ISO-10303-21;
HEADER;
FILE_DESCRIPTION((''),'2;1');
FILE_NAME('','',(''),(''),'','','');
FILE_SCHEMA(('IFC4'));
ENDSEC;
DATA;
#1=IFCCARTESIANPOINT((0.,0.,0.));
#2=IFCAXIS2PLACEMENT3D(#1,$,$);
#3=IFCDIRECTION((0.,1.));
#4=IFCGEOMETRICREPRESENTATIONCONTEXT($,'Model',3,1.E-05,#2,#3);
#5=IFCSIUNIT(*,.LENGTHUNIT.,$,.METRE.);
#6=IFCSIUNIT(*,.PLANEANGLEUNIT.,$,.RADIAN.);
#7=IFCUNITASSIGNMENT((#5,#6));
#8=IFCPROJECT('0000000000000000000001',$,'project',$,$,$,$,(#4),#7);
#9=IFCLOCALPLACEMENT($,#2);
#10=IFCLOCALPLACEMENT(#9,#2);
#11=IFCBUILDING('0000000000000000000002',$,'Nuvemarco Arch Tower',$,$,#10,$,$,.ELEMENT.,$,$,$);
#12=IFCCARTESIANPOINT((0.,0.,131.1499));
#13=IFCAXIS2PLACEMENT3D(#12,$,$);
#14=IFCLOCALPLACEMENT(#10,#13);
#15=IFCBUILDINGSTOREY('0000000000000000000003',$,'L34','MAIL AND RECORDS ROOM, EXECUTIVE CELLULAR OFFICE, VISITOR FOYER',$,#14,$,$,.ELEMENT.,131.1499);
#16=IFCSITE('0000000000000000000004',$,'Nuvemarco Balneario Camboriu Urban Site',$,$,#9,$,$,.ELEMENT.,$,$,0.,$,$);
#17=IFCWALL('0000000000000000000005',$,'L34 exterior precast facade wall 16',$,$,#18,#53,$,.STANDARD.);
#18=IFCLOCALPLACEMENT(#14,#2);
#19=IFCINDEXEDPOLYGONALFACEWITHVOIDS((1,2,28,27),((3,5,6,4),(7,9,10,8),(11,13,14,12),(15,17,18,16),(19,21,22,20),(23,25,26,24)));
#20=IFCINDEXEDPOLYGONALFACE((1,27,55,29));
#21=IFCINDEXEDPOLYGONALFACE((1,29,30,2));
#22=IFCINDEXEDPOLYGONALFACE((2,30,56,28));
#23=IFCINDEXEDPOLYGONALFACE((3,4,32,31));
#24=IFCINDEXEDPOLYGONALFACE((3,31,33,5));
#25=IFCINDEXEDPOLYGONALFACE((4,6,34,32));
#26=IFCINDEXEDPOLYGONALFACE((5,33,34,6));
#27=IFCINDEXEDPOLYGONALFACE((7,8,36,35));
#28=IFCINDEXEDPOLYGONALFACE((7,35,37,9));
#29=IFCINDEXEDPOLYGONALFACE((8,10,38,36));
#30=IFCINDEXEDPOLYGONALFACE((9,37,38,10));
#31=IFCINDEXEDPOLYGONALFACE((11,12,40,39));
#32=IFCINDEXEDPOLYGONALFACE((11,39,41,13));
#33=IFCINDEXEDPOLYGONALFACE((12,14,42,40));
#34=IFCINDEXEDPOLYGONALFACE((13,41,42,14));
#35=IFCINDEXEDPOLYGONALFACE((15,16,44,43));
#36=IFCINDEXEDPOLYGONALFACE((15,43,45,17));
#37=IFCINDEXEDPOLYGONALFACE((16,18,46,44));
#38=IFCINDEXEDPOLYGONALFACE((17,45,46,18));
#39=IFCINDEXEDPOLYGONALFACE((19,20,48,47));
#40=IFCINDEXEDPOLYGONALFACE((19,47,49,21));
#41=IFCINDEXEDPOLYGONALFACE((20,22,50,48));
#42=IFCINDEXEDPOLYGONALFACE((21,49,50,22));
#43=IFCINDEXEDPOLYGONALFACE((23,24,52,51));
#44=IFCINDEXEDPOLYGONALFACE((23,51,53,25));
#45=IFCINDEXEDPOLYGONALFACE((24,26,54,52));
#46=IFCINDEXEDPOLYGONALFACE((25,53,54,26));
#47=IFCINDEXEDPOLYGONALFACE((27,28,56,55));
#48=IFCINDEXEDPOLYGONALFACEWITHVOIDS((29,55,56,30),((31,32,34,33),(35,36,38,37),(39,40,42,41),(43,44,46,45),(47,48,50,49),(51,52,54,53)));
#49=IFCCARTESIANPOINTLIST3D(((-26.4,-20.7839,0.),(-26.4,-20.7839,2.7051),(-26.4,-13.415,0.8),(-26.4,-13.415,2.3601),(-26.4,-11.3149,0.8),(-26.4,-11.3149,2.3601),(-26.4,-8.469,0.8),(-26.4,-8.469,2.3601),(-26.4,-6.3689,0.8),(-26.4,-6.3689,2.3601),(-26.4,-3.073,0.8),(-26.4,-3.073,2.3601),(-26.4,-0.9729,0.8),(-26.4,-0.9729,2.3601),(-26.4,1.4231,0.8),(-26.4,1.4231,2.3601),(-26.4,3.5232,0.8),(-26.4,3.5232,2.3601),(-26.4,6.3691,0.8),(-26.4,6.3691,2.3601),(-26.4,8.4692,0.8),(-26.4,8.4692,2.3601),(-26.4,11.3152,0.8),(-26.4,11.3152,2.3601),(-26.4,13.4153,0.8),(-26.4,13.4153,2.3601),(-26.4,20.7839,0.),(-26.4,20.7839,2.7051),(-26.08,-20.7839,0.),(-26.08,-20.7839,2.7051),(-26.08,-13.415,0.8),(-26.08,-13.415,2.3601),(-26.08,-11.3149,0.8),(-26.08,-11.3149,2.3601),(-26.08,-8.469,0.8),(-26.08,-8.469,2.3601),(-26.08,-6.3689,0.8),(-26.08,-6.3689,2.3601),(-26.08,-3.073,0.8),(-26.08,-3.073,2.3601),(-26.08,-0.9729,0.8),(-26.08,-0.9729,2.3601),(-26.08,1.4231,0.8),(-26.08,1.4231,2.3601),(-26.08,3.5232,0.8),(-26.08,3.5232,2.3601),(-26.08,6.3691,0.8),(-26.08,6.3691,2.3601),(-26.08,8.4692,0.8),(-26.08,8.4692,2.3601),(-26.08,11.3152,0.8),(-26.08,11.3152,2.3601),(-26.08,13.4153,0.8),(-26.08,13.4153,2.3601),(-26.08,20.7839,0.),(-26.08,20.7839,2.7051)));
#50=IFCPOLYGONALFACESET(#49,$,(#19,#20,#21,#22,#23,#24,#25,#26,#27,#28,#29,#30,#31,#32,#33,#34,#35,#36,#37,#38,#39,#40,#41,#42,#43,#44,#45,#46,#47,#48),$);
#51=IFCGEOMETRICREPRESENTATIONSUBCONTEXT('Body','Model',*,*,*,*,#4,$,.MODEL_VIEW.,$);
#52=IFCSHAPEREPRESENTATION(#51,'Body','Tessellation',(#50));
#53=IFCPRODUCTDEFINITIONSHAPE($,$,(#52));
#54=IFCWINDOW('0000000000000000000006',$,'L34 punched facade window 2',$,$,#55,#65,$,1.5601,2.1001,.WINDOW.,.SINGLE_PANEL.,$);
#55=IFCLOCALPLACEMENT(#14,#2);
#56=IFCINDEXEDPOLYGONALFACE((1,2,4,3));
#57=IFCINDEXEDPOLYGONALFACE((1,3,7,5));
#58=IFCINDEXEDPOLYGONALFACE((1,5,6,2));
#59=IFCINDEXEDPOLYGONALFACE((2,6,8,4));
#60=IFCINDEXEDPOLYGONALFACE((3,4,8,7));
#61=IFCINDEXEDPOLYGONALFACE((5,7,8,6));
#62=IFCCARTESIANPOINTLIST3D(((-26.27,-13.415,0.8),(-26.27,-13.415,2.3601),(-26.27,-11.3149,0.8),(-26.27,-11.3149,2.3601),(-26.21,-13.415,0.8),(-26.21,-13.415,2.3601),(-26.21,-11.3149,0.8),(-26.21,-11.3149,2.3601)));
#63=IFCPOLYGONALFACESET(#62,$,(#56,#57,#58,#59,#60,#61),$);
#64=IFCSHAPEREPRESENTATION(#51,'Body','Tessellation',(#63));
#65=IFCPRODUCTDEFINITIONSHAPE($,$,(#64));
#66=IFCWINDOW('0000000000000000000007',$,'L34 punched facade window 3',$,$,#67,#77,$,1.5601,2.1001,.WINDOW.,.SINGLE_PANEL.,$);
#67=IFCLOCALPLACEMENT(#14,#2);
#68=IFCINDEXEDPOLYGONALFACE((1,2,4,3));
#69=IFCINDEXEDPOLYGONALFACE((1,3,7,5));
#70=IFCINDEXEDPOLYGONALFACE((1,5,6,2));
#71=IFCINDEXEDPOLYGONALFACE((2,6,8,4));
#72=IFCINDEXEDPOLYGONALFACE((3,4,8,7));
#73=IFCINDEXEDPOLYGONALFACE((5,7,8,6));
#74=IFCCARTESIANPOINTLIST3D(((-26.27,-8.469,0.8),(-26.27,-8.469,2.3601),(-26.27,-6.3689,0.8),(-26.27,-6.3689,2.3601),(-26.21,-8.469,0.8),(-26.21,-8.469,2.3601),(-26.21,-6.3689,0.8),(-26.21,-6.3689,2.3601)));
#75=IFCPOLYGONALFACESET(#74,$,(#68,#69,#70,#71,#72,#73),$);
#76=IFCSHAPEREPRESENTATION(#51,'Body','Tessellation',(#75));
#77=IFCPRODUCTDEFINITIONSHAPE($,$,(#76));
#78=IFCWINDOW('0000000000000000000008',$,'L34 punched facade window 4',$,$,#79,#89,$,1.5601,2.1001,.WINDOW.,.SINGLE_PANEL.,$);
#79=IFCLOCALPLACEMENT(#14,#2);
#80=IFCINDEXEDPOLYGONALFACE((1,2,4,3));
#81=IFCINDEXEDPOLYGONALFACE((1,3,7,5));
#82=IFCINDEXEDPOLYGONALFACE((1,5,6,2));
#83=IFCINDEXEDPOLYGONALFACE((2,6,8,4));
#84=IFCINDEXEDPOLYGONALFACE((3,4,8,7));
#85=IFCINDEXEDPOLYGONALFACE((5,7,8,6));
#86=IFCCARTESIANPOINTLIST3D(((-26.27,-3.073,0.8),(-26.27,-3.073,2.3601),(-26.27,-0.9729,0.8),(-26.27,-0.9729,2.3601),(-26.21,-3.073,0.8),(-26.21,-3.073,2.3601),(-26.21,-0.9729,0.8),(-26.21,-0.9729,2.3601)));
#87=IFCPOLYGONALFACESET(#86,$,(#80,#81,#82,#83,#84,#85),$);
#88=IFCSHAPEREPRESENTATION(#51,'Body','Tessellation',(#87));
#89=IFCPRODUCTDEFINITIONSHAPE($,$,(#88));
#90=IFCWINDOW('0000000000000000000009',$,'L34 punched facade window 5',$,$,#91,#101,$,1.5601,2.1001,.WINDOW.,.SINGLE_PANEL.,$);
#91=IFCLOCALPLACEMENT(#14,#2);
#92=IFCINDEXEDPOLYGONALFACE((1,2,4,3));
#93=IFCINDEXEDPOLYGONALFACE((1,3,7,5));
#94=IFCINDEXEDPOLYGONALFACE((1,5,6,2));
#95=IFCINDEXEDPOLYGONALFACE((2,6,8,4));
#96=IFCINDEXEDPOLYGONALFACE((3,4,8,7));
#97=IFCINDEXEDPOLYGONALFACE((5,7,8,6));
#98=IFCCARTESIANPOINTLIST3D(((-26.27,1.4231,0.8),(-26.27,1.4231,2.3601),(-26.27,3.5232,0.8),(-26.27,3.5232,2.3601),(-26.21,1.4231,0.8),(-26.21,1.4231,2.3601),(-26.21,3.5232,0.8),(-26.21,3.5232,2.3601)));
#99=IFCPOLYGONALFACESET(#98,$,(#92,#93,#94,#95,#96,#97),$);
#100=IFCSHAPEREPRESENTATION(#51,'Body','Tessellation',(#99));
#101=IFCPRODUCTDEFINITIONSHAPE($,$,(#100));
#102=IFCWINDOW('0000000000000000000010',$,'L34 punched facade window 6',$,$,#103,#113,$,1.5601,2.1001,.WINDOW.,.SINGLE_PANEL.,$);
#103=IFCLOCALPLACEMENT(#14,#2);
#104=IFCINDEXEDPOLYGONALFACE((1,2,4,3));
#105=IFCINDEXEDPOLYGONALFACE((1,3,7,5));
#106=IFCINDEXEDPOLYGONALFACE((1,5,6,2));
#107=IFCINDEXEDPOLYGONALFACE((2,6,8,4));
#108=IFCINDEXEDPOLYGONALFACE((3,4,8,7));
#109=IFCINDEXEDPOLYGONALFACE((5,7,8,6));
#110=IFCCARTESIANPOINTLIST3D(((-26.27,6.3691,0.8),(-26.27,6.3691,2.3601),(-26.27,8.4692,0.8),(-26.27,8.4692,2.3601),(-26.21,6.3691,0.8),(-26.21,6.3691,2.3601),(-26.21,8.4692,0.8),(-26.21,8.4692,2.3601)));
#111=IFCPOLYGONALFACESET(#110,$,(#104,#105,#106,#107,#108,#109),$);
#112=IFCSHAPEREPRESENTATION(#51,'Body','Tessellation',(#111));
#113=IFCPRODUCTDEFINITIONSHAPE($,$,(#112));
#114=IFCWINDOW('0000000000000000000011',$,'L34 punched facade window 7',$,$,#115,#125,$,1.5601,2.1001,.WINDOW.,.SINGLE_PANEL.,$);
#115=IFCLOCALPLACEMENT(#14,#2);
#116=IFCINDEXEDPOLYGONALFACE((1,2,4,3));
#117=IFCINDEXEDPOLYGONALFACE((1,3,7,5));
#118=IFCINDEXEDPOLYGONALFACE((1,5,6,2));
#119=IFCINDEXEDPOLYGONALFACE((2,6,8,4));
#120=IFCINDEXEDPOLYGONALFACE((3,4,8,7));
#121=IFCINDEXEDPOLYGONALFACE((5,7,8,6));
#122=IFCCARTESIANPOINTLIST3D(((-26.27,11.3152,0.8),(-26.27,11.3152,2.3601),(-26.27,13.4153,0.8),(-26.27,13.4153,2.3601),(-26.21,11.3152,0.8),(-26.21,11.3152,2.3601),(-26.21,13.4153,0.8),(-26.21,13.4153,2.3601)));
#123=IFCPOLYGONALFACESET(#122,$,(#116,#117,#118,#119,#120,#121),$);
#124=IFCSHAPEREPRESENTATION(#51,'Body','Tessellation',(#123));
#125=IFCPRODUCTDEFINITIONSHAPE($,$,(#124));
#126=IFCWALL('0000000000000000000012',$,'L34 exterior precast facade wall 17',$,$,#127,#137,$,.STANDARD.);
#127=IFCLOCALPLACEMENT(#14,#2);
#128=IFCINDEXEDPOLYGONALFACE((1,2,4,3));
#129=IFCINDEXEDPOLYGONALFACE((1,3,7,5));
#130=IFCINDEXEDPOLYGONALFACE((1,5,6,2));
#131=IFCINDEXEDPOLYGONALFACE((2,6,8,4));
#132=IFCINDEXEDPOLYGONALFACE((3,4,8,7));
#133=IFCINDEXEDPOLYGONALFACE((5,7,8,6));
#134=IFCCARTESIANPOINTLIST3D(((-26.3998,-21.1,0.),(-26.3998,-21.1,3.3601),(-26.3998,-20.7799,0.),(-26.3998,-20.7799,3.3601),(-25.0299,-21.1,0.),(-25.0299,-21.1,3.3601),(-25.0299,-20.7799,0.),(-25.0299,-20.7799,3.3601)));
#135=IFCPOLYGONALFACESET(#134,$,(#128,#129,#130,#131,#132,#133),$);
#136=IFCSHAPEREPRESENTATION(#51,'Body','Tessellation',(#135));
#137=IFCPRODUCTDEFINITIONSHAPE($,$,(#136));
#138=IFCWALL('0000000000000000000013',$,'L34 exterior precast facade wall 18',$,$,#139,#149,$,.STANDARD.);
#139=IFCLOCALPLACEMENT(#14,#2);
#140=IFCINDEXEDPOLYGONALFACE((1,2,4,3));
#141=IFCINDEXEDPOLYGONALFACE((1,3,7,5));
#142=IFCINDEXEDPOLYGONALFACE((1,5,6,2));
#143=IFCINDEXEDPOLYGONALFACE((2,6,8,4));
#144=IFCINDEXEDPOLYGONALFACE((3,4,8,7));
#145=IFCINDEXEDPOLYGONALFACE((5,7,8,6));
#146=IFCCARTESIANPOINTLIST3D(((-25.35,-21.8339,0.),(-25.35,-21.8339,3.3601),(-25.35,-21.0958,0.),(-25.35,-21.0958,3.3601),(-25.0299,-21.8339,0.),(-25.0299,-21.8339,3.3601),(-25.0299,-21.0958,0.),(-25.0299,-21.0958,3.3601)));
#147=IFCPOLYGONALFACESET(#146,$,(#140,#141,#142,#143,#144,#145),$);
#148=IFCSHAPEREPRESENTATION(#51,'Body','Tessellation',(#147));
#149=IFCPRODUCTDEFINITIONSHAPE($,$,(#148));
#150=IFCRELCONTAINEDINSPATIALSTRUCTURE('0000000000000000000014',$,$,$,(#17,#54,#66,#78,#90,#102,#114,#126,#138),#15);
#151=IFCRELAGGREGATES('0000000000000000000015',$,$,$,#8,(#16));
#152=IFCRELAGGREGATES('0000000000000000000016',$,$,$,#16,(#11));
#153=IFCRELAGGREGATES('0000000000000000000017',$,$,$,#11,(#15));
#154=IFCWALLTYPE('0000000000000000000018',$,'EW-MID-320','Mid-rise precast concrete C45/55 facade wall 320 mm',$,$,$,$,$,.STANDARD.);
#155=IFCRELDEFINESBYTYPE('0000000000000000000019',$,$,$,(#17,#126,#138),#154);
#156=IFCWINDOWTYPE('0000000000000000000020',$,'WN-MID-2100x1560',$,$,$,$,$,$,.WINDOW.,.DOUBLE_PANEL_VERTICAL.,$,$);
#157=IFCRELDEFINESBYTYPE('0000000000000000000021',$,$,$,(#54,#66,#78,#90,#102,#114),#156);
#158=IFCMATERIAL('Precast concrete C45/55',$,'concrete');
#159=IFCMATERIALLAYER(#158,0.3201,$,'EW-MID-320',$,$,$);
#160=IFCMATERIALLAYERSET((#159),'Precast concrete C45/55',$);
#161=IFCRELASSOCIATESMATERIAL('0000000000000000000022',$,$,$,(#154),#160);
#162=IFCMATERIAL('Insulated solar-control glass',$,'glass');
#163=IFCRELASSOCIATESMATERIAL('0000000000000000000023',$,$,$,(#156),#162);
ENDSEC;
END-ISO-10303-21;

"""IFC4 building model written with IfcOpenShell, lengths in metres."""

from ifc_helpers import new_model, si_unit, direction, frame, frame_2d, origin, place, context, subcontext, project, spatial, rectangle, extrude, source, transform, mapped, material, layer, layer_set, type_object, type_shapes, element, fill, save


model = new_model("IFC4")

# Units and contexts
model_context = context("Model", 3, precision=1e-05, world=origin(), true_north=direction((0.0, 1.0)))
body_context = subcontext(model_context, "Body", "Model", "MODEL_VIEW")
ifc_project = project(units=[si_unit("LENGTHUNIT", "METRE"), si_unit("PLANEANGLEUNIT", "RADIAN")], contexts=[model_context])

# Site, building, storey
site_placement = place(None, origin())
site = spatial("IfcSite", under=ifc_project, at=site_placement, Name="Nuvemarco Balneario Camboriu Urban Site", CompositionType="ELEMENT", RefElevation=0.0)
building_placement = place(site_placement, origin())
building = spatial("IfcBuilding", under=site, at=building_placement, Name="Nuvemarco Arch Tower", CompositionType="ELEMENT")
storey_placement = place(building_placement, frame((0.0, 0.0, 131.1499)))
storey = spatial("IfcBuildingStorey", under=building, at=storey_placement, Name="L34", Description="MAIL AND RECORDS ROOM, EXECUTIVE CELLULAR OFFICE, VISITOR FOYER", CompositionType="ELEMENT", Elevation=131.1499)

# Wall, openings, windows
ifc_material_1 = material(Name="Precast concrete C45/55", Category="concrete")
ifc_layer = layer(ifc_material_1, 0.3201, Name="EW-MID-320")
ifc_layer_set = layer_set([ifc_layer], Name="Precast concrete C45/55")
wall_type = type_object("IfcWallType", Name="EW-MID-320", Description="Mid-rise precast concrete C45/55 facade wall 320 mm", PredefinedType="STANDARD", material=ifc_layer_set)
wall_1_placement = place(storey_placement, frame((-26.24, -20.7839, 0.0), z_axis=(0.0, 0.0, 1.0), x_axis=(0.0, 1.0, 0.0)))
wall_1 = element("IfcWall", 1, at=wall_1_placement, inside=storey, type_object=wall_type, Name="L34 exterior precast facade wall 16", PredefinedType="STANDARD", context=body_context, shape_type="SweptSolid", body=[
    extrude(rectangle(XDim=41.5679, YDim=0.3201, at=frame_2d((20.7839, 0.0))), origin(), (0.0, 0.0, 1.0), 2.7051),
])
opening_1_placement = place(wall_1_placement, frame((7.3689, 0.0, 0.8)))
opening_1 = element("IfcOpeningElement", 2, at=opening_1_placement, cuts=wall_1, PredefinedType="OPENING", context=body_context, shape_type="SweptSolid", body=[
    extrude(rectangle(XDim=2.1001, YDim=1.5601, at=frame_2d((1.05, 0.78))), frame((0.0, 0.1699, 0.0), z_axis=(0.0, -1.0, 0.0), x_axis=(1.0, 0.0, 0.0)), (0.0, 0.0, 1.0), 0.3401),
])
opening_2_placement = place(wall_1_placement, frame((12.3149, 0.0, 0.8)))
opening_2 = element("IfcOpeningElement", 3, at=opening_2_placement, cuts=wall_1, PredefinedType="OPENING", context=body_context, shape_type="SweptSolid", body=[
    extrude(rectangle(XDim=2.1001, YDim=1.5601, at=frame_2d((1.05, 0.78))), frame((0.0, 0.1699, 0.0), z_axis=(0.0, -1.0, 0.0), x_axis=(1.0, 0.0, 0.0)), (0.0, 0.0, 1.0), 0.3401),
])
opening_3_placement = place(wall_1_placement, frame((17.7109, 0.0, 0.8)))
opening_3 = element("IfcOpeningElement", 4, at=opening_3_placement, cuts=wall_1, PredefinedType="OPENING", context=body_context, shape_type="SweptSolid", body=[
    extrude(rectangle(XDim=2.1001, YDim=1.5601, at=frame_2d((1.05, 0.78))), frame((0.0, 0.1699, 0.0), z_axis=(0.0, -1.0, 0.0), x_axis=(1.0, 0.0, 0.0)), (0.0, 0.0, 1.0), 0.3401),
])
opening_4_placement = place(wall_1_placement, frame((22.207, 0.0, 0.8)))
opening_4 = element("IfcOpeningElement", 5, at=opening_4_placement, cuts=wall_1, PredefinedType="OPENING", context=body_context, shape_type="SweptSolid", body=[
    extrude(rectangle(XDim=2.1001, YDim=1.5601, at=frame_2d((1.05, 0.78))), frame((0.0, 0.1699, 0.0), z_axis=(0.0, -1.0, 0.0), x_axis=(1.0, 0.0, 0.0)), (0.0, 0.0, 1.0), 0.3401),
])
opening_5_placement = place(wall_1_placement, frame((27.1531, 0.0, 0.8)))
opening_5 = element("IfcOpeningElement", 6, at=opening_5_placement, cuts=wall_1, PredefinedType="OPENING", context=body_context, shape_type="SweptSolid", body=[
    extrude(rectangle(XDim=2.1001, YDim=1.5601, at=frame_2d((1.05, 0.78))), frame((0.0, 0.1699, 0.0), z_axis=(0.0, -1.0, 0.0), x_axis=(1.0, 0.0, 0.0)), (0.0, 0.0, 1.0), 0.3401),
])
opening_6_placement = place(wall_1_placement, frame((32.0991, 0.0, 0.8)))
opening_6 = element("IfcOpeningElement", 7, at=opening_6_placement, cuts=wall_1, PredefinedType="OPENING", context=body_context, shape_type="SweptSolid", body=[
    extrude(rectangle(XDim=2.1001, YDim=1.5601, at=frame_2d((1.05, 0.78))), frame((0.0, 0.1699, 0.0), z_axis=(0.0, -1.0, 0.0), x_axis=(1.0, 0.0, 0.0)), (0.0, 0.0, 1.0), 0.3401),
])
ifc_material_2 = material(Name="Insulated solar-control glass", Category="glass")
window_type = type_object("IfcWindowType", Name="WN-MID-2100x1560", PartitioningType="DOUBLE_PANEL_VERTICAL", PredefinedType="WINDOW", material=ifc_material_2)
shared_shape = source(origin(), body_context, "Body", "SweptSolid", [
    extrude(rectangle(XDim=2.1001, YDim=1.5601, at=frame_2d((1.05, 0.78))), frame((0.0, 0.03, 0.0), z_axis=(0.0, -1.0, 0.0), x_axis=(1.0, 0.0, 0.0)), (0.0, 0.0, 1.0), 0.0601),
])
type_shapes(window_type, [shared_shape])
window_1_placement = place(opening_1_placement, origin())
window_1 = element("IfcWindow", 8, at=window_1_placement, inside=storey, type_object=window_type, Name="L34 punched facade window 2", OverallHeight=1.5601, OverallWidth=2.1001, PartitioningType="SINGLE_PANEL", PredefinedType="WINDOW", context=body_context, shape_type="MappedRepresentation", body=[
    mapped(shared_shape, transform((0.0, 0.0, 0.0), scale=1.0)),
])
fill(opening_1, window_1)
window_2_placement = place(opening_2_placement, origin())
window_2 = element("IfcWindow", 9, at=window_2_placement, inside=storey, type_object=window_type, Name="L34 punched facade window 3", OverallHeight=1.5601, OverallWidth=2.1001, PartitioningType="SINGLE_PANEL", PredefinedType="WINDOW", context=body_context, shape_type="MappedRepresentation", body=[
    mapped(shared_shape, transform((0.0, 0.0, 0.0), scale=1.0)),
])
fill(opening_2, window_2)
window_3_placement = place(opening_3_placement, origin())
window_3 = element("IfcWindow", 10, at=window_3_placement, inside=storey, type_object=window_type, Name="L34 punched facade window 4", OverallHeight=1.5601, OverallWidth=2.1001, PartitioningType="SINGLE_PANEL", PredefinedType="WINDOW", context=body_context, shape_type="MappedRepresentation", body=[
    mapped(shared_shape, transform((0.0, 0.0, 0.0), scale=1.0)),
])
fill(opening_3, window_3)
window_4_placement = place(opening_4_placement, origin())
window_4 = element("IfcWindow", 11, at=window_4_placement, inside=storey, type_object=window_type, Name="L34 punched facade window 5", OverallHeight=1.5601, OverallWidth=2.1001, PartitioningType="SINGLE_PANEL", PredefinedType="WINDOW", context=body_context, shape_type="MappedRepresentation", body=[
    mapped(shared_shape, transform((0.0, 0.0, 0.0), scale=1.0)),
])
fill(opening_4, window_4)
window_5_placement = place(opening_5_placement, origin())
window_5 = element("IfcWindow", 12, at=window_5_placement, inside=storey, type_object=window_type, Name="L34 punched facade window 6", OverallHeight=1.5601, OverallWidth=2.1001, PartitioningType="SINGLE_PANEL", PredefinedType="WINDOW", context=body_context, shape_type="MappedRepresentation", body=[
    mapped(shared_shape, transform((0.0, 0.0, 0.0), scale=1.0)),
])
fill(opening_5, window_5)
window_6_placement = place(opening_6_placement, origin())
window_6 = element("IfcWindow", 13, at=window_6_placement, inside=storey, type_object=window_type, Name="L34 punched facade window 7", OverallHeight=1.5601, OverallWidth=2.1001, PartitioningType="SINGLE_PANEL", PredefinedType="WINDOW", context=body_context, shape_type="MappedRepresentation", body=[
    mapped(shared_shape, transform((0.0, 0.0, 0.0), scale=1.0)),
])
fill(opening_6, window_6)

# Walls
wall_2_placement = place(storey_placement, frame((-26.3999, -20.9399, 0.0), z_axis=(0.0, 0.0, 1.0), x_axis=(1.0, 0.0, 0.0)))
element("IfcWall", 14, at=wall_2_placement, inside=storey, type_object=wall_type, Name="L34 exterior precast facade wall 17", PredefinedType="STANDARD", context=body_context, shape_type="SweptSolid", body=[
    extrude(rectangle(XDim=1.3699, YDim=0.3201, at=frame_2d((0.6851, 0.0))), origin(), (0.0, 0.0, 1.0), 3.3601),
])
wall_3_placement = place(storey_placement, frame((-25.1899, -21.834, 0.0), z_axis=(0.0, 0.0, 1.0), x_axis=(0.0, 1.0, 0.0)))
element("IfcWall", 15, at=wall_3_placement, inside=storey, type_object=wall_type, Name="L34 exterior precast facade wall 18", PredefinedType="STANDARD", context=body_context, shape_type="SweptSolid", body=[
    extrude(rectangle(XDim=0.738, YDim=0.3201, at=frame_2d((0.3691, 0.0))), origin(), (0.0, 0.0, 1.0), 3.3601),
])

save(model, "model.ifc")
